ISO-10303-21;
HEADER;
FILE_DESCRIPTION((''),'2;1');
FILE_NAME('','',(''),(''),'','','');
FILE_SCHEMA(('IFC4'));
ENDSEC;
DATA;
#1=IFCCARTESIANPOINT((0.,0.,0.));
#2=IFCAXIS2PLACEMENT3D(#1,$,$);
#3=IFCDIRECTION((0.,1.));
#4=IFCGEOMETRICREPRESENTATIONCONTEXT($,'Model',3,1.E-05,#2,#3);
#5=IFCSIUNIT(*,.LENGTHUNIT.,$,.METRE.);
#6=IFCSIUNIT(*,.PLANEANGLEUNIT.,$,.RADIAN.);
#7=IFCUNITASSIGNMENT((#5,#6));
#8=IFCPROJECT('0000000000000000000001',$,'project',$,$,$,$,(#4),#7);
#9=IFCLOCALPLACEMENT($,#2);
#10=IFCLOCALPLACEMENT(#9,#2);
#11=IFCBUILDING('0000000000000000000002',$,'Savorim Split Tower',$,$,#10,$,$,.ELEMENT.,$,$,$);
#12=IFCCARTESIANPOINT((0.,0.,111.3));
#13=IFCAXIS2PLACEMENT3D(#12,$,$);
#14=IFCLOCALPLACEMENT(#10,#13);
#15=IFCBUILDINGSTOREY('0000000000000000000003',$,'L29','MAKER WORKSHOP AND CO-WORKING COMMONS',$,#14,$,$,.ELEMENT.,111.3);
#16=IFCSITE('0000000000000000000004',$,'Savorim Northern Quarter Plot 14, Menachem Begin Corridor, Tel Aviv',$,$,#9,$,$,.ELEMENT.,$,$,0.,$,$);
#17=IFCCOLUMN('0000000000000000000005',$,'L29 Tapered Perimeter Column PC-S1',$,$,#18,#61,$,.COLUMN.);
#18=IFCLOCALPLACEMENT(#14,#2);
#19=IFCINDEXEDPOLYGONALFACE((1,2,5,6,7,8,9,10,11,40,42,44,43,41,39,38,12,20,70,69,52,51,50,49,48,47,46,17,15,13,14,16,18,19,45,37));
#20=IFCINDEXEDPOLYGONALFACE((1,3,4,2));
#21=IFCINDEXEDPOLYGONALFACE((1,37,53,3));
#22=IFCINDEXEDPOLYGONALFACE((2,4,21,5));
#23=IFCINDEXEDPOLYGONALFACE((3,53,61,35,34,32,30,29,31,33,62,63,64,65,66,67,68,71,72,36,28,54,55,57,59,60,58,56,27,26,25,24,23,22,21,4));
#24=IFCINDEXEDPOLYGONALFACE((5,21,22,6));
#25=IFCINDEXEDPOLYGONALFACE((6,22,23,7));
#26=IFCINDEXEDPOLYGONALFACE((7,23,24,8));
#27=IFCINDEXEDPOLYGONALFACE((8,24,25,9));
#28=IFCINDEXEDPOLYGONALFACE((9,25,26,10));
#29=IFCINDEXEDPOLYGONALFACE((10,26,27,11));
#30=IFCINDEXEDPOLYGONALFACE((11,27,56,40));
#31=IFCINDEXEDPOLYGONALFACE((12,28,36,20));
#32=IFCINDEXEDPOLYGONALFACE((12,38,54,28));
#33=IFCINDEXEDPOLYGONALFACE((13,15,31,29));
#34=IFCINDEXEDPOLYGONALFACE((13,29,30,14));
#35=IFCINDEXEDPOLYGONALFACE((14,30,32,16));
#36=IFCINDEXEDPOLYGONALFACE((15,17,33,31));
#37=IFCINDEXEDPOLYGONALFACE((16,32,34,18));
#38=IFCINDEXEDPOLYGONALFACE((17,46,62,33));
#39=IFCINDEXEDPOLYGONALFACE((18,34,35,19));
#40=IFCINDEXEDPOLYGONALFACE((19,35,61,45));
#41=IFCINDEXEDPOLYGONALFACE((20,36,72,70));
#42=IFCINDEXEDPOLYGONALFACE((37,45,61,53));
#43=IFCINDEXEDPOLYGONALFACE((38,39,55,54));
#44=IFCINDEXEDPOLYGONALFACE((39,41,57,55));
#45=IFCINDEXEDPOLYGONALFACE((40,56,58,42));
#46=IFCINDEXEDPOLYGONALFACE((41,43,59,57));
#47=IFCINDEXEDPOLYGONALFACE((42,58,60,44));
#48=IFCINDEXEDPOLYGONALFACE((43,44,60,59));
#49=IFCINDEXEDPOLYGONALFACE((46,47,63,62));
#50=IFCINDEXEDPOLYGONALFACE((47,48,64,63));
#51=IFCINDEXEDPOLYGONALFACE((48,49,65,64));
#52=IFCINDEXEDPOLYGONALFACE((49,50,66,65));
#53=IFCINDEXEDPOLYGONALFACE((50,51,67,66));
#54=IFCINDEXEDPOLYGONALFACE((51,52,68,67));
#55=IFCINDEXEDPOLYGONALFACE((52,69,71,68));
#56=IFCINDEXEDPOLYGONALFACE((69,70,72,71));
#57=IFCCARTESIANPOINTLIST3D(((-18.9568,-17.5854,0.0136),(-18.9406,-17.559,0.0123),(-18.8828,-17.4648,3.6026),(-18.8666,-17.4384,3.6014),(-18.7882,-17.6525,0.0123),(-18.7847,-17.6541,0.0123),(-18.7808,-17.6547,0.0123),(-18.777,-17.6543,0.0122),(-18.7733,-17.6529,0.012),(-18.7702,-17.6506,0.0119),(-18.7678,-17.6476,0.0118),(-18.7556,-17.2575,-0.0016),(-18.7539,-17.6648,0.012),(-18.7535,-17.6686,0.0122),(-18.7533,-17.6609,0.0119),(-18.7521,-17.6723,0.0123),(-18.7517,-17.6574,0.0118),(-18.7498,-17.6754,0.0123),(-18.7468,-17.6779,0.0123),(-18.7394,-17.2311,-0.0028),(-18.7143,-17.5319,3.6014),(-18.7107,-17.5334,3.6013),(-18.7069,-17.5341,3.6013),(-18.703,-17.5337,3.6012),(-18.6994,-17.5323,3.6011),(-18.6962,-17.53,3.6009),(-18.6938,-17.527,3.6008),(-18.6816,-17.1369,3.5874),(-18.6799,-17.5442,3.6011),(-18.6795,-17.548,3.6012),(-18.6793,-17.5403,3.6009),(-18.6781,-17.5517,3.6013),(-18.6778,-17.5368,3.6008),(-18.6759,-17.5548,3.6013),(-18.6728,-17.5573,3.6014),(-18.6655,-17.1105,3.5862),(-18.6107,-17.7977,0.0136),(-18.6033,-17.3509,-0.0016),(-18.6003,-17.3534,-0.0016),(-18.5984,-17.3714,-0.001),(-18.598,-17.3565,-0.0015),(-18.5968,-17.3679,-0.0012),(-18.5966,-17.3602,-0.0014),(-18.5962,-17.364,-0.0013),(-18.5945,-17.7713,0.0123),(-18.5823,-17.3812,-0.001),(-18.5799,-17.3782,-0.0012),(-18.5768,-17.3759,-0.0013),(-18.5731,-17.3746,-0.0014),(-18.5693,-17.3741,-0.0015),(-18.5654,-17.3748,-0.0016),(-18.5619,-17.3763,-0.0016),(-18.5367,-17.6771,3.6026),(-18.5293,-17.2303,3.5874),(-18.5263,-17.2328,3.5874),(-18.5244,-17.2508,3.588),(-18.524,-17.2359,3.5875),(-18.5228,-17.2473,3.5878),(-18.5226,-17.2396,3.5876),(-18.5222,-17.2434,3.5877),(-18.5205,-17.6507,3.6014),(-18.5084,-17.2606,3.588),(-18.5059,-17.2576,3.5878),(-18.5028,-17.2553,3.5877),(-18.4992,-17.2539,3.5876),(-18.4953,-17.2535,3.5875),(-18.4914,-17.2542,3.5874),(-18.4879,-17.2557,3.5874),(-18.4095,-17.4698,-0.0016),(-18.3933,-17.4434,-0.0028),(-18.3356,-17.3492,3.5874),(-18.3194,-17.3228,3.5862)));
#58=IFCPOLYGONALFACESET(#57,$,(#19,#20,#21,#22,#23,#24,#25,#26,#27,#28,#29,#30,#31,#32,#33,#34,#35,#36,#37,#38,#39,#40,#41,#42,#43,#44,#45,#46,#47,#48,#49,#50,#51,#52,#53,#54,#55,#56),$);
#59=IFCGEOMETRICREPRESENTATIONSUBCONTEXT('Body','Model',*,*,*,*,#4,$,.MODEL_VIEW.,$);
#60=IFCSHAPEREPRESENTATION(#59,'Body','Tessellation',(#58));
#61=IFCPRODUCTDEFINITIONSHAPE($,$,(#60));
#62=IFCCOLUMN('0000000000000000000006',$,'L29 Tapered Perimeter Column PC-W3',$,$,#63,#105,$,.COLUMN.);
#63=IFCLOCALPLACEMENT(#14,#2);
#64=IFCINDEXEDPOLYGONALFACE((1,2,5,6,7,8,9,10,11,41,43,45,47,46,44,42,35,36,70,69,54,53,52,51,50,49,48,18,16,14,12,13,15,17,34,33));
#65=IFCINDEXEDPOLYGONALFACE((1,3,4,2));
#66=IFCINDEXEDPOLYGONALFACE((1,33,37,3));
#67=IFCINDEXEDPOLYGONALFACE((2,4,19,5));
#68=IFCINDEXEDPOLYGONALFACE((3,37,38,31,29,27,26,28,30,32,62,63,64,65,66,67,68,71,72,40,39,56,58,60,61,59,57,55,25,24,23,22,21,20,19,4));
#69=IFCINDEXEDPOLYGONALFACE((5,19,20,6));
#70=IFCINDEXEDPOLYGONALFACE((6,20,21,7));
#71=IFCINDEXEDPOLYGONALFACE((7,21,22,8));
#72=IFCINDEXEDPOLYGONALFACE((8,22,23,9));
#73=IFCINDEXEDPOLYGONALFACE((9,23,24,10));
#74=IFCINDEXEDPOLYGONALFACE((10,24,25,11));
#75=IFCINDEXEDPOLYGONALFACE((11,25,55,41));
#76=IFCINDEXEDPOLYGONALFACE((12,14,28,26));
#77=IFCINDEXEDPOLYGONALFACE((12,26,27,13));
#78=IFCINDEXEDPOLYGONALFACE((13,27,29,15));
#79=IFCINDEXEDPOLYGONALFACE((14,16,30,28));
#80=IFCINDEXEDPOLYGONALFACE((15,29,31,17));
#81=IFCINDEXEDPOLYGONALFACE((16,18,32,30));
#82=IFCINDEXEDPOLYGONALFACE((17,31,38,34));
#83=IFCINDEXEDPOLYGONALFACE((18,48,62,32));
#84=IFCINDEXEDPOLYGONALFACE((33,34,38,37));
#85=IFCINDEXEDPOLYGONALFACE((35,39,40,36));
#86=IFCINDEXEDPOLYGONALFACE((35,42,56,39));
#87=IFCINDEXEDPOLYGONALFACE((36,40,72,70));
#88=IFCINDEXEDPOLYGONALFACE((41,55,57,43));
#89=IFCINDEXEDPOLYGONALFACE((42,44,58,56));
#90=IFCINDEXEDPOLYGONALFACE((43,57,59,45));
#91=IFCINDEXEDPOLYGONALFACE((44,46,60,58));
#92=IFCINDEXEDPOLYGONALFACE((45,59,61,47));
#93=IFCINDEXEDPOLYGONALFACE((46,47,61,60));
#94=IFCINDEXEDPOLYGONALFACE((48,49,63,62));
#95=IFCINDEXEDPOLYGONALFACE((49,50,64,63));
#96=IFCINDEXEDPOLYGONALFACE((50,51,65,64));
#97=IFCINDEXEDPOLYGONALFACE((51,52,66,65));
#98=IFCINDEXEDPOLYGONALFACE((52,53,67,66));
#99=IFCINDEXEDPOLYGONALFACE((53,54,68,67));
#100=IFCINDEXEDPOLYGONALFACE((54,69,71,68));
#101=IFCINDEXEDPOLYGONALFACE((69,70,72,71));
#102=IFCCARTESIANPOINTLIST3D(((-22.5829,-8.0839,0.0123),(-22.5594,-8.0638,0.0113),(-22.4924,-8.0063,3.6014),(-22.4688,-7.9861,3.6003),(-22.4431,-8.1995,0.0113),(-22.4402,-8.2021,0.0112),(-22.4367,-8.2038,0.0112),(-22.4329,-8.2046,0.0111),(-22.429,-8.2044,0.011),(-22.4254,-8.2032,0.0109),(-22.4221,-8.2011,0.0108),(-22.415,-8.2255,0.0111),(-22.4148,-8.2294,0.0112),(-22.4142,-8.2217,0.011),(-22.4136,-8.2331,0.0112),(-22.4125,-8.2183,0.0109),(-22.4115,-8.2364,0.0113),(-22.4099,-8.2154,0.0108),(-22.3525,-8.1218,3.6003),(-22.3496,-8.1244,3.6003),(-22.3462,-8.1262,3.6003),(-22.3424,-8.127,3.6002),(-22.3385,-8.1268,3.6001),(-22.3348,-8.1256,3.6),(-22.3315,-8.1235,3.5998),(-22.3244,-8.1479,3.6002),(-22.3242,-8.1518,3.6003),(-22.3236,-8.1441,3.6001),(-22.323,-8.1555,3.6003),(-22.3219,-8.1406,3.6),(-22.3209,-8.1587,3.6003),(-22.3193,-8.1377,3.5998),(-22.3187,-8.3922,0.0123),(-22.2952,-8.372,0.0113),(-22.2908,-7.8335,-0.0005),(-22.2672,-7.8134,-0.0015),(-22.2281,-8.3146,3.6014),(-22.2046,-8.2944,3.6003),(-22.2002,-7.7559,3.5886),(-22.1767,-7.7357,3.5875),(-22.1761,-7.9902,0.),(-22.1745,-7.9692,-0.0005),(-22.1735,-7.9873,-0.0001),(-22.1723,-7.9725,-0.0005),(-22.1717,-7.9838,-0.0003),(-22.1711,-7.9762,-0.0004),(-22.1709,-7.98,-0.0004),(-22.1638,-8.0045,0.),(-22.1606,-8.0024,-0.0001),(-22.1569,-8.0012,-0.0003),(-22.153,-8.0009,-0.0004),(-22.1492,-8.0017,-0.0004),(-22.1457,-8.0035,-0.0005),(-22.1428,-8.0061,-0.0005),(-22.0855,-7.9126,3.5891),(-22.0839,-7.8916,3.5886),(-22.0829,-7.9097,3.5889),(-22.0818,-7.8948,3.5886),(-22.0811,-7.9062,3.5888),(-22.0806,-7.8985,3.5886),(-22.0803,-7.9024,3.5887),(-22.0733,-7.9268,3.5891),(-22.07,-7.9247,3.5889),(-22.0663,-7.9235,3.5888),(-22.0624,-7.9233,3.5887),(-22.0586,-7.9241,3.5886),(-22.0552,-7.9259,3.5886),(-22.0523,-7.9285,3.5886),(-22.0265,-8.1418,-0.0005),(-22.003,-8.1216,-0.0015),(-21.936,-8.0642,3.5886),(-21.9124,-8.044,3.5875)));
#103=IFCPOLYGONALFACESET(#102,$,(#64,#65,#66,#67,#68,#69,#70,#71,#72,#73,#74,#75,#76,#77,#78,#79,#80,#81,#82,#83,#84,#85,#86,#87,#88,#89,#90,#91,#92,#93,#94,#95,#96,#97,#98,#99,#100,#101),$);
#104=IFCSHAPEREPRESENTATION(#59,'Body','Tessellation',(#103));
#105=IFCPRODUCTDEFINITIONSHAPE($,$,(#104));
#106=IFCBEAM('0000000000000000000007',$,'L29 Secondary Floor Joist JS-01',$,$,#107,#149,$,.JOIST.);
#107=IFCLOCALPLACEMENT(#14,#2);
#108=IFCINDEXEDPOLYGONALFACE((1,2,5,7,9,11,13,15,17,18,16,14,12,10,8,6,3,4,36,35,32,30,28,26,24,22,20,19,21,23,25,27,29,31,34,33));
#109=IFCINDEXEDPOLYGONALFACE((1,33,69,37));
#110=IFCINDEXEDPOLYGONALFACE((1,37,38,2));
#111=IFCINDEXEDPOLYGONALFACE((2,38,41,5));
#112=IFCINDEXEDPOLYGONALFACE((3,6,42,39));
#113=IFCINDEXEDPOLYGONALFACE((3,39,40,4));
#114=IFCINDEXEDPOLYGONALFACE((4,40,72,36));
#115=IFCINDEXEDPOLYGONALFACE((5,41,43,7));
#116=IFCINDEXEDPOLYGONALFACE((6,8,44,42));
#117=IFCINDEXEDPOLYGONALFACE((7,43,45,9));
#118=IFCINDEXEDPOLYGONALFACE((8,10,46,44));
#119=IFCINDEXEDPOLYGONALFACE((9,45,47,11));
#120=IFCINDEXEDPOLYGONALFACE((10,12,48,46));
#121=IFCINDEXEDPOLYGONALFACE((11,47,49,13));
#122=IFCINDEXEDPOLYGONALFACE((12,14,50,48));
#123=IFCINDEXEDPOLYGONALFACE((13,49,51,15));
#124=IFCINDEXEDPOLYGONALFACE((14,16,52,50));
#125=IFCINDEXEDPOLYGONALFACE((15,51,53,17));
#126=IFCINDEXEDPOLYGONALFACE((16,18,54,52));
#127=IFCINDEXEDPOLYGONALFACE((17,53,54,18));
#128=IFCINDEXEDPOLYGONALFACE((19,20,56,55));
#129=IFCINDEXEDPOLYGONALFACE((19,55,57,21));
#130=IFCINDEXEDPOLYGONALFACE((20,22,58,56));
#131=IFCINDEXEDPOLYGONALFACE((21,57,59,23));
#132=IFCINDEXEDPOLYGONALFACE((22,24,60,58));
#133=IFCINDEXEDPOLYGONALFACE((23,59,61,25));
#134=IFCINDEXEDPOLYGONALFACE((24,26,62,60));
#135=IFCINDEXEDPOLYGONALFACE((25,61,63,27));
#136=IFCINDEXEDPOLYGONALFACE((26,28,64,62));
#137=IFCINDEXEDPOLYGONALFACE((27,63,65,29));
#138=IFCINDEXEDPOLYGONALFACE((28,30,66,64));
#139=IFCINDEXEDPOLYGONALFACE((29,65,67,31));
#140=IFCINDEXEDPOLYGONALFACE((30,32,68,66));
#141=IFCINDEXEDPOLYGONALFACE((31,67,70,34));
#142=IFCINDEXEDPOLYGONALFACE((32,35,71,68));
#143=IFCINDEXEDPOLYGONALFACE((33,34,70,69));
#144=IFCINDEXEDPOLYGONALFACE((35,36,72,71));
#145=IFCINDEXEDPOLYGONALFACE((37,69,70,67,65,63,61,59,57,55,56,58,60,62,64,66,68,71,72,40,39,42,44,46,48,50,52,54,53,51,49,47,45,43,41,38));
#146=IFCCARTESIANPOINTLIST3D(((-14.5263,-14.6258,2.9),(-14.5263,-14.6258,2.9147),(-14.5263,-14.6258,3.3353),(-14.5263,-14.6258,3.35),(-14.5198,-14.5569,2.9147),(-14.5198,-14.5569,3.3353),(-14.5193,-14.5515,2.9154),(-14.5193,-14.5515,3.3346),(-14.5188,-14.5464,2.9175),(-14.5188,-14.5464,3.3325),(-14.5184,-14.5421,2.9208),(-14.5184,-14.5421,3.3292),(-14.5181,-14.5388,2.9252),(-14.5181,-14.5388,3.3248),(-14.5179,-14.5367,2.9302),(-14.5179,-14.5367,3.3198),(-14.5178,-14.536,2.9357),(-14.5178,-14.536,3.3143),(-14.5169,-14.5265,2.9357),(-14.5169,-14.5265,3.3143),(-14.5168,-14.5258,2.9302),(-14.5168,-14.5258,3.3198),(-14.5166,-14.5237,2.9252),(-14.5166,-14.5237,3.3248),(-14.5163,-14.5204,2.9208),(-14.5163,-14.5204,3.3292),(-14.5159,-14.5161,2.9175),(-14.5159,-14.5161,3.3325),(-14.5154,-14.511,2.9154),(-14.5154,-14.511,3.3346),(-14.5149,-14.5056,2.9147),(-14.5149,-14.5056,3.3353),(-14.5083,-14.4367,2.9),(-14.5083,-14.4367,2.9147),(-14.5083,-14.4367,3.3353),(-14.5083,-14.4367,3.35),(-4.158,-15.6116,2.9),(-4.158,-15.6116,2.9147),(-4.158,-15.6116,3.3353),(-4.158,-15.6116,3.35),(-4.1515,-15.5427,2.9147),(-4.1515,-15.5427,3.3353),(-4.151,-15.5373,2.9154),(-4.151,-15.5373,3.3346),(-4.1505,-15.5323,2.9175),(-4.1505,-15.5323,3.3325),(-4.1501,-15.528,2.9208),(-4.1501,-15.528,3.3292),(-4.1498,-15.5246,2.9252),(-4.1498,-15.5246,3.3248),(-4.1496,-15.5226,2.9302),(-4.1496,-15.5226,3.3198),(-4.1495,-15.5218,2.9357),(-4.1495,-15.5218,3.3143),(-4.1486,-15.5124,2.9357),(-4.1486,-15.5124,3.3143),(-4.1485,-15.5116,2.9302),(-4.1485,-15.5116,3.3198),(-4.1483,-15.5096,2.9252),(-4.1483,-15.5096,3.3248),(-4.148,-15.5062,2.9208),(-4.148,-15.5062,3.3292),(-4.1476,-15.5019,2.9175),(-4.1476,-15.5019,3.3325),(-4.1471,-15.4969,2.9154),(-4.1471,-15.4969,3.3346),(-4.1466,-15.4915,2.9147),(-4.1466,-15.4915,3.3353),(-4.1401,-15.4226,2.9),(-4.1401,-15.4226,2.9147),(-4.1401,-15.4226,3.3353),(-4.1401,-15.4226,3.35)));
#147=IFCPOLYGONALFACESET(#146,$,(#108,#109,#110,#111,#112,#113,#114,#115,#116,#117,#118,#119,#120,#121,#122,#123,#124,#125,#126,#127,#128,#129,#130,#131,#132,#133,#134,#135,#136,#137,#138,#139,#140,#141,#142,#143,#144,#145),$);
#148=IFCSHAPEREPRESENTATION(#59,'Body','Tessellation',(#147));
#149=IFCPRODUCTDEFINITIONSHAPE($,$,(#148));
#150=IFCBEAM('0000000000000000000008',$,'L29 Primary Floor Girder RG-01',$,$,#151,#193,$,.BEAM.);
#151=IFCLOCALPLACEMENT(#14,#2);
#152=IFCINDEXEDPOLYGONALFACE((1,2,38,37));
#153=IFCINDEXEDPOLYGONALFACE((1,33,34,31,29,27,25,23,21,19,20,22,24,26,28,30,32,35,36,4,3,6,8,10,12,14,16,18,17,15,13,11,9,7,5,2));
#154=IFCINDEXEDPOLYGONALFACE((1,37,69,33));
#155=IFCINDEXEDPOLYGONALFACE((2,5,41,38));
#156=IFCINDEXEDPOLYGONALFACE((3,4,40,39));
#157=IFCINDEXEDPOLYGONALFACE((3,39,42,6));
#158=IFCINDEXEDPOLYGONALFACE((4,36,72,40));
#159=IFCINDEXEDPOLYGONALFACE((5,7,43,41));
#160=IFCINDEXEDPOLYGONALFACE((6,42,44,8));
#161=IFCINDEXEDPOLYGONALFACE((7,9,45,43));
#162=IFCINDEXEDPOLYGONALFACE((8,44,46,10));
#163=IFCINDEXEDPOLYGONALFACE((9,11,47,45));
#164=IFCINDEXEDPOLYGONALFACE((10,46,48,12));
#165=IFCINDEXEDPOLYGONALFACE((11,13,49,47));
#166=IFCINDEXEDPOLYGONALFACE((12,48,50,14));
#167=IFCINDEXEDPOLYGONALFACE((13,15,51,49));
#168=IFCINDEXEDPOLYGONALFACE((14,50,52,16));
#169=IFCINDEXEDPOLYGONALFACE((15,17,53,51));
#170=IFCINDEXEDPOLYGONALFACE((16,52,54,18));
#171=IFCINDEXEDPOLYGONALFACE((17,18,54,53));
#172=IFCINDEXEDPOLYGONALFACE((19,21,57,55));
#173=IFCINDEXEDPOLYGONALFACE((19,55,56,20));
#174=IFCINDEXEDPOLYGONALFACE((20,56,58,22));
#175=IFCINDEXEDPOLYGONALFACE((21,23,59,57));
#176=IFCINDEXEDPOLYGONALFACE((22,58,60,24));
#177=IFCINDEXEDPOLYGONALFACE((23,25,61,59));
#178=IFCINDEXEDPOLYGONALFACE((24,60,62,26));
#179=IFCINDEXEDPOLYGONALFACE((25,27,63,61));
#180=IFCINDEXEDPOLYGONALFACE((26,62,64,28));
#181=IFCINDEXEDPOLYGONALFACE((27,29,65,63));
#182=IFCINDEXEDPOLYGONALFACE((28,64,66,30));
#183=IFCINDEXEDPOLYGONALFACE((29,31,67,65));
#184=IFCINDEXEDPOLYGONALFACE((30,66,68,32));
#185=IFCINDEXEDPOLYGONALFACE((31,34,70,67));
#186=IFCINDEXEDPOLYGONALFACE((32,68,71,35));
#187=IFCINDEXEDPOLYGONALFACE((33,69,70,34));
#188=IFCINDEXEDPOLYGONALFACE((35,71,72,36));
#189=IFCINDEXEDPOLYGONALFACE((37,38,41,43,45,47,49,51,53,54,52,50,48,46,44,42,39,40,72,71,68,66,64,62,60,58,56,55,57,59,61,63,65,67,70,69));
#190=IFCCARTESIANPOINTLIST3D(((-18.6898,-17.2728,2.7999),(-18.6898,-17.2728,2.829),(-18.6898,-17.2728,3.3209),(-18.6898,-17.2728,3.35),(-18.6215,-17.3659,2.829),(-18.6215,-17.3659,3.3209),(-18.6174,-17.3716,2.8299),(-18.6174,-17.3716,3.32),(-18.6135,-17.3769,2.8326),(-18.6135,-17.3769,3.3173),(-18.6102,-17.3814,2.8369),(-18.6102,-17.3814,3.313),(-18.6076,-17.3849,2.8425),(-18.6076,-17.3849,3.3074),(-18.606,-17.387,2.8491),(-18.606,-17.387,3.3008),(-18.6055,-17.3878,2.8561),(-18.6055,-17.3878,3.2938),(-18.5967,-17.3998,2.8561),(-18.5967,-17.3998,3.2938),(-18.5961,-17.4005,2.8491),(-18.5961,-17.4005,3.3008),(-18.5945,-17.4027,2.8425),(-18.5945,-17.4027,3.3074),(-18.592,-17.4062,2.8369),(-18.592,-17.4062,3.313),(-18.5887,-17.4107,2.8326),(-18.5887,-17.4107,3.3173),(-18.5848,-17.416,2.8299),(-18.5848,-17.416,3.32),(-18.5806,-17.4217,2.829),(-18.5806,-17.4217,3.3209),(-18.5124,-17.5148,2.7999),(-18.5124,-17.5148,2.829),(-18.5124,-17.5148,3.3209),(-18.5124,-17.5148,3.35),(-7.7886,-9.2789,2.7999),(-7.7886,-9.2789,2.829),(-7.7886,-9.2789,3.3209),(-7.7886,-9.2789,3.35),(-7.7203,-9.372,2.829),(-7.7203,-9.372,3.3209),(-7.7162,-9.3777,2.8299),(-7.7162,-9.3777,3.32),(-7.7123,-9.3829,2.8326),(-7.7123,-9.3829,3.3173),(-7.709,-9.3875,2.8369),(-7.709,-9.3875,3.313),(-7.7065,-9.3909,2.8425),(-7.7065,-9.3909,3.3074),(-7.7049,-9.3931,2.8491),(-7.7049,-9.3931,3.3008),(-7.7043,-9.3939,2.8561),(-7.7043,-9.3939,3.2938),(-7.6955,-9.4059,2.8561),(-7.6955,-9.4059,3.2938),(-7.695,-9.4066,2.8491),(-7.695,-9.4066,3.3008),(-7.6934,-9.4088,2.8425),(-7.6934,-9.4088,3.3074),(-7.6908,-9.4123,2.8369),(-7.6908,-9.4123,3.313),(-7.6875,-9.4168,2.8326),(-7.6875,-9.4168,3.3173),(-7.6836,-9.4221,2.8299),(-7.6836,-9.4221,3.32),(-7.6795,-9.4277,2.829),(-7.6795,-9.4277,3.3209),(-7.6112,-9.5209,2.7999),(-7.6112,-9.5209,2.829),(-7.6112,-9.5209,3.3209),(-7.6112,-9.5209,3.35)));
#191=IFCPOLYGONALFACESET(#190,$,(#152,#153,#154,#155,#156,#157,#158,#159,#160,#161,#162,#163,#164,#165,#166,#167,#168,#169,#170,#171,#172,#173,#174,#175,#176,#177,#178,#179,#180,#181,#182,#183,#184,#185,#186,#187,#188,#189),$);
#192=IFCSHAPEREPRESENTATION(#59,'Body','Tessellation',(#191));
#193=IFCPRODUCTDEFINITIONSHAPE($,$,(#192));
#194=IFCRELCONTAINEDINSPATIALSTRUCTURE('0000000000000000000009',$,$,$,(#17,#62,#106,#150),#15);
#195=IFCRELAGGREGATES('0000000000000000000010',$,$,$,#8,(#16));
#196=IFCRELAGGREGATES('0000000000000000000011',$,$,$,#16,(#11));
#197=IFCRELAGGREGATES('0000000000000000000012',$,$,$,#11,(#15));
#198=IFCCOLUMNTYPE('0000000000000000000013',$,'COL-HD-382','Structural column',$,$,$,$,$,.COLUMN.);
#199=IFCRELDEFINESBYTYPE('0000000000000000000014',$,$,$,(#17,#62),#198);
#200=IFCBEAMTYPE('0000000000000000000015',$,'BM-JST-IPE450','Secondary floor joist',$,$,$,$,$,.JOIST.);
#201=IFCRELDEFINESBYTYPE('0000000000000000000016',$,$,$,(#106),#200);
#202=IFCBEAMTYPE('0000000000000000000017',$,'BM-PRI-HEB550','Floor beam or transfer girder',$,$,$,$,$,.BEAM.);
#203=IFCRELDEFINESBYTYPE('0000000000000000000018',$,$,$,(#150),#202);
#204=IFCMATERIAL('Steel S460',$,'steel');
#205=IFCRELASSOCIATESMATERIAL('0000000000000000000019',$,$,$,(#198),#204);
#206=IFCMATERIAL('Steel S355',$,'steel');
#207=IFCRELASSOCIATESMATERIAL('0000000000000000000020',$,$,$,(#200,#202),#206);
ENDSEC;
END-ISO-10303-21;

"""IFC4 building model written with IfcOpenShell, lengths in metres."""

from ifc_helpers import new_model, si_unit, direction, frame, origin, origin_2d, place, context, subcontext, project, spatial, i_section, extrude, material, material_profile, profile_set, type_object, element, save


model = new_model("IFC4")

# Units and contexts
model_context = context("Model", 3, precision=1e-05, world=origin(), true_north=direction((0.0, 1.0)))
body_context = subcontext(model_context, "Body", "Model", "MODEL_VIEW")
ifc_project = project(units=[si_unit("LENGTHUNIT", "METRE"), si_unit("PLANEANGLEUNIT", "RADIAN")], contexts=[model_context])

# Site, building, storey
site_placement = place(None, origin())
site = spatial("IfcSite", under=ifc_project, at=site_placement, Name="Savorim Northern Quarter Plot 14, Menachem Begin Corridor, Tel Aviv", CompositionType="ELEMENT", RefElevation=0.0)
building_placement = place(site_placement, origin())
building = spatial("IfcBuilding", under=site, at=building_placement, Name="Savorim Split Tower", CompositionType="ELEMENT")
storey_placement = place(building_placement, frame((0.0, 0.0, 111.3)))
storey = spatial("IfcBuildingStorey", under=building, at=storey_placement, Name="L29", Description="MAKER WORKSHOP AND CO-WORKING COMMONS", CompositionType="ELEMENT", Elevation=111.3)

# Columns
ifc_material_1 = material(Name="Steel S460", Category="steel")
ifc_material_profile_1 = material_profile(ifc_material_1, i_section(OverallWidth=0.406, OverallDepth=0.416, WebThickness=0.0188, FlangeThickness=0.031, FilletRadius=0.0149, at=origin_2d()), Name="HD 400x382")
ifc_profile_set_1 = profile_set([ifc_material_profile_1], Name="Steel S460")
column_type = type_object("IfcColumnType", Name="COL-HD-382", Description="Structural column", PredefinedType="COLUMN", material=ifc_profile_set_1)
column_1_placement = place(storey_placement, frame((-18.675, -17.5144, 0.0054), z_axis=(0.020595, 0.033577, 0.999224), x_axis=(-0.852428, 0.522845, 0.0)))
element("IfcColumn", 1, at=column_1_placement, inside=storey, type_object=column_type, Name="L29 Tapered Perimeter Column PC-S1", PredefinedType="COLUMN", context=body_context, shape_type="SweptSolid", body=[
    extrude(i_section(OverallWidth=0.406, OverallDepth=0.416, WebThickness=0.0188, FlangeThickness=0.031, FilletRadius=0.0149, at=origin_2d()), origin(), (0.0, 0.0, 1.0), 3.5918),
])
column_2_placement = place(storey_placement, frame((-22.293, -8.1028, 0.0054), z_axis=(0.025222, 0.021619, 0.999448), x_axis=(-0.650791, 0.759257, 0.0)))
element("IfcColumn", 2, at=column_2_placement, inside=storey, type_object=column_type, Name="L29 Tapered Perimeter Column PC-W3", PredefinedType="COLUMN", context=body_context, shape_type="SweptSolid", body=[
    extrude(i_section(OverallWidth=0.406, OverallDepth=0.416, WebThickness=0.0188, FlangeThickness=0.031, FilletRadius=0.0149, at=origin_2d()), origin(), (0.0, 0.0, 1.0), 3.5911),
])

# Beams
ifc_material_2 = material(Name="Steel S355", Category="steel")
ifc_material_profile_2 = material_profile(ifc_material_2, i_section(OverallWidth=0.1899, OverallDepth=0.45, WebThickness=0.0095, FlangeThickness=0.0146, FilletRadius=0.021, at=origin_2d()), Name="IPE 450")
ifc_profile_set_2 = profile_set([ifc_material_profile_2], Name="Steel S355")
beam_type_1 = type_object("IfcBeamType", Name="BM-JST-IPE450", Description="Secondary floor joist", PredefinedType="JOIST", material=ifc_profile_set_2)
beam_1_placement = place(storey_placement, frame((-14.5173, -14.5312, 3.125), z_axis=(0.99551, -0.094656, 0.0), x_axis=(0.094656, 0.99551, 0.0)))
element("IfcBeam", 3, at=beam_1_placement, inside=storey, type_object=beam_type_1, Name="L29 Secondary Floor Joist JS-01", PredefinedType="JOIST", context=body_context, shape_type="SweptSolid", body=[
    extrude(i_section(OverallWidth=0.1899, OverallDepth=0.45, WebThickness=0.0095, FlangeThickness=0.0146, FilletRadius=0.021, at=origin_2d()), origin(), (0.0, 0.0, 1.0), 10.415),
])
ifc_material_profile_3 = material_profile(ifc_material_2, i_section(OverallWidth=0.3, OverallDepth=0.55, WebThickness=0.0149, FlangeThickness=0.0291, FilletRadius=0.0271, at=origin_2d()), Name="HEB 550")
ifc_profile_set_3 = profile_set([ifc_material_profile_3], Name="Steel S355")
beam_type_2 = type_object("IfcBeamType", Name="BM-PRI-HEB550", Description="Floor beam or transfer girder", PredefinedType="BEAM", material=ifc_profile_set_3)
beam_2_placement = place(storey_placement, frame((-18.6011, -17.3938, 3.075), z_axis=(0.806414, 0.591351, 0.0), x_axis=(-0.591351, 0.806414, 0.0)))
element("IfcBeam", 4, at=beam_2_placement, inside=storey, type_object=beam_type_2, Name="L29 Primary Floor Girder RG-01", PredefinedType="BEAM", context=body_context, shape_type="SweptSolid", body=[
    extrude(i_section(OverallWidth=0.3, OverallDepth=0.55, WebThickness=0.0149, FlangeThickness=0.0291, FilletRadius=0.0271, at=origin_2d()), origin(), (0.0, 0.0, 1.0), 13.5181),
])

save(model, "model.ifc")
